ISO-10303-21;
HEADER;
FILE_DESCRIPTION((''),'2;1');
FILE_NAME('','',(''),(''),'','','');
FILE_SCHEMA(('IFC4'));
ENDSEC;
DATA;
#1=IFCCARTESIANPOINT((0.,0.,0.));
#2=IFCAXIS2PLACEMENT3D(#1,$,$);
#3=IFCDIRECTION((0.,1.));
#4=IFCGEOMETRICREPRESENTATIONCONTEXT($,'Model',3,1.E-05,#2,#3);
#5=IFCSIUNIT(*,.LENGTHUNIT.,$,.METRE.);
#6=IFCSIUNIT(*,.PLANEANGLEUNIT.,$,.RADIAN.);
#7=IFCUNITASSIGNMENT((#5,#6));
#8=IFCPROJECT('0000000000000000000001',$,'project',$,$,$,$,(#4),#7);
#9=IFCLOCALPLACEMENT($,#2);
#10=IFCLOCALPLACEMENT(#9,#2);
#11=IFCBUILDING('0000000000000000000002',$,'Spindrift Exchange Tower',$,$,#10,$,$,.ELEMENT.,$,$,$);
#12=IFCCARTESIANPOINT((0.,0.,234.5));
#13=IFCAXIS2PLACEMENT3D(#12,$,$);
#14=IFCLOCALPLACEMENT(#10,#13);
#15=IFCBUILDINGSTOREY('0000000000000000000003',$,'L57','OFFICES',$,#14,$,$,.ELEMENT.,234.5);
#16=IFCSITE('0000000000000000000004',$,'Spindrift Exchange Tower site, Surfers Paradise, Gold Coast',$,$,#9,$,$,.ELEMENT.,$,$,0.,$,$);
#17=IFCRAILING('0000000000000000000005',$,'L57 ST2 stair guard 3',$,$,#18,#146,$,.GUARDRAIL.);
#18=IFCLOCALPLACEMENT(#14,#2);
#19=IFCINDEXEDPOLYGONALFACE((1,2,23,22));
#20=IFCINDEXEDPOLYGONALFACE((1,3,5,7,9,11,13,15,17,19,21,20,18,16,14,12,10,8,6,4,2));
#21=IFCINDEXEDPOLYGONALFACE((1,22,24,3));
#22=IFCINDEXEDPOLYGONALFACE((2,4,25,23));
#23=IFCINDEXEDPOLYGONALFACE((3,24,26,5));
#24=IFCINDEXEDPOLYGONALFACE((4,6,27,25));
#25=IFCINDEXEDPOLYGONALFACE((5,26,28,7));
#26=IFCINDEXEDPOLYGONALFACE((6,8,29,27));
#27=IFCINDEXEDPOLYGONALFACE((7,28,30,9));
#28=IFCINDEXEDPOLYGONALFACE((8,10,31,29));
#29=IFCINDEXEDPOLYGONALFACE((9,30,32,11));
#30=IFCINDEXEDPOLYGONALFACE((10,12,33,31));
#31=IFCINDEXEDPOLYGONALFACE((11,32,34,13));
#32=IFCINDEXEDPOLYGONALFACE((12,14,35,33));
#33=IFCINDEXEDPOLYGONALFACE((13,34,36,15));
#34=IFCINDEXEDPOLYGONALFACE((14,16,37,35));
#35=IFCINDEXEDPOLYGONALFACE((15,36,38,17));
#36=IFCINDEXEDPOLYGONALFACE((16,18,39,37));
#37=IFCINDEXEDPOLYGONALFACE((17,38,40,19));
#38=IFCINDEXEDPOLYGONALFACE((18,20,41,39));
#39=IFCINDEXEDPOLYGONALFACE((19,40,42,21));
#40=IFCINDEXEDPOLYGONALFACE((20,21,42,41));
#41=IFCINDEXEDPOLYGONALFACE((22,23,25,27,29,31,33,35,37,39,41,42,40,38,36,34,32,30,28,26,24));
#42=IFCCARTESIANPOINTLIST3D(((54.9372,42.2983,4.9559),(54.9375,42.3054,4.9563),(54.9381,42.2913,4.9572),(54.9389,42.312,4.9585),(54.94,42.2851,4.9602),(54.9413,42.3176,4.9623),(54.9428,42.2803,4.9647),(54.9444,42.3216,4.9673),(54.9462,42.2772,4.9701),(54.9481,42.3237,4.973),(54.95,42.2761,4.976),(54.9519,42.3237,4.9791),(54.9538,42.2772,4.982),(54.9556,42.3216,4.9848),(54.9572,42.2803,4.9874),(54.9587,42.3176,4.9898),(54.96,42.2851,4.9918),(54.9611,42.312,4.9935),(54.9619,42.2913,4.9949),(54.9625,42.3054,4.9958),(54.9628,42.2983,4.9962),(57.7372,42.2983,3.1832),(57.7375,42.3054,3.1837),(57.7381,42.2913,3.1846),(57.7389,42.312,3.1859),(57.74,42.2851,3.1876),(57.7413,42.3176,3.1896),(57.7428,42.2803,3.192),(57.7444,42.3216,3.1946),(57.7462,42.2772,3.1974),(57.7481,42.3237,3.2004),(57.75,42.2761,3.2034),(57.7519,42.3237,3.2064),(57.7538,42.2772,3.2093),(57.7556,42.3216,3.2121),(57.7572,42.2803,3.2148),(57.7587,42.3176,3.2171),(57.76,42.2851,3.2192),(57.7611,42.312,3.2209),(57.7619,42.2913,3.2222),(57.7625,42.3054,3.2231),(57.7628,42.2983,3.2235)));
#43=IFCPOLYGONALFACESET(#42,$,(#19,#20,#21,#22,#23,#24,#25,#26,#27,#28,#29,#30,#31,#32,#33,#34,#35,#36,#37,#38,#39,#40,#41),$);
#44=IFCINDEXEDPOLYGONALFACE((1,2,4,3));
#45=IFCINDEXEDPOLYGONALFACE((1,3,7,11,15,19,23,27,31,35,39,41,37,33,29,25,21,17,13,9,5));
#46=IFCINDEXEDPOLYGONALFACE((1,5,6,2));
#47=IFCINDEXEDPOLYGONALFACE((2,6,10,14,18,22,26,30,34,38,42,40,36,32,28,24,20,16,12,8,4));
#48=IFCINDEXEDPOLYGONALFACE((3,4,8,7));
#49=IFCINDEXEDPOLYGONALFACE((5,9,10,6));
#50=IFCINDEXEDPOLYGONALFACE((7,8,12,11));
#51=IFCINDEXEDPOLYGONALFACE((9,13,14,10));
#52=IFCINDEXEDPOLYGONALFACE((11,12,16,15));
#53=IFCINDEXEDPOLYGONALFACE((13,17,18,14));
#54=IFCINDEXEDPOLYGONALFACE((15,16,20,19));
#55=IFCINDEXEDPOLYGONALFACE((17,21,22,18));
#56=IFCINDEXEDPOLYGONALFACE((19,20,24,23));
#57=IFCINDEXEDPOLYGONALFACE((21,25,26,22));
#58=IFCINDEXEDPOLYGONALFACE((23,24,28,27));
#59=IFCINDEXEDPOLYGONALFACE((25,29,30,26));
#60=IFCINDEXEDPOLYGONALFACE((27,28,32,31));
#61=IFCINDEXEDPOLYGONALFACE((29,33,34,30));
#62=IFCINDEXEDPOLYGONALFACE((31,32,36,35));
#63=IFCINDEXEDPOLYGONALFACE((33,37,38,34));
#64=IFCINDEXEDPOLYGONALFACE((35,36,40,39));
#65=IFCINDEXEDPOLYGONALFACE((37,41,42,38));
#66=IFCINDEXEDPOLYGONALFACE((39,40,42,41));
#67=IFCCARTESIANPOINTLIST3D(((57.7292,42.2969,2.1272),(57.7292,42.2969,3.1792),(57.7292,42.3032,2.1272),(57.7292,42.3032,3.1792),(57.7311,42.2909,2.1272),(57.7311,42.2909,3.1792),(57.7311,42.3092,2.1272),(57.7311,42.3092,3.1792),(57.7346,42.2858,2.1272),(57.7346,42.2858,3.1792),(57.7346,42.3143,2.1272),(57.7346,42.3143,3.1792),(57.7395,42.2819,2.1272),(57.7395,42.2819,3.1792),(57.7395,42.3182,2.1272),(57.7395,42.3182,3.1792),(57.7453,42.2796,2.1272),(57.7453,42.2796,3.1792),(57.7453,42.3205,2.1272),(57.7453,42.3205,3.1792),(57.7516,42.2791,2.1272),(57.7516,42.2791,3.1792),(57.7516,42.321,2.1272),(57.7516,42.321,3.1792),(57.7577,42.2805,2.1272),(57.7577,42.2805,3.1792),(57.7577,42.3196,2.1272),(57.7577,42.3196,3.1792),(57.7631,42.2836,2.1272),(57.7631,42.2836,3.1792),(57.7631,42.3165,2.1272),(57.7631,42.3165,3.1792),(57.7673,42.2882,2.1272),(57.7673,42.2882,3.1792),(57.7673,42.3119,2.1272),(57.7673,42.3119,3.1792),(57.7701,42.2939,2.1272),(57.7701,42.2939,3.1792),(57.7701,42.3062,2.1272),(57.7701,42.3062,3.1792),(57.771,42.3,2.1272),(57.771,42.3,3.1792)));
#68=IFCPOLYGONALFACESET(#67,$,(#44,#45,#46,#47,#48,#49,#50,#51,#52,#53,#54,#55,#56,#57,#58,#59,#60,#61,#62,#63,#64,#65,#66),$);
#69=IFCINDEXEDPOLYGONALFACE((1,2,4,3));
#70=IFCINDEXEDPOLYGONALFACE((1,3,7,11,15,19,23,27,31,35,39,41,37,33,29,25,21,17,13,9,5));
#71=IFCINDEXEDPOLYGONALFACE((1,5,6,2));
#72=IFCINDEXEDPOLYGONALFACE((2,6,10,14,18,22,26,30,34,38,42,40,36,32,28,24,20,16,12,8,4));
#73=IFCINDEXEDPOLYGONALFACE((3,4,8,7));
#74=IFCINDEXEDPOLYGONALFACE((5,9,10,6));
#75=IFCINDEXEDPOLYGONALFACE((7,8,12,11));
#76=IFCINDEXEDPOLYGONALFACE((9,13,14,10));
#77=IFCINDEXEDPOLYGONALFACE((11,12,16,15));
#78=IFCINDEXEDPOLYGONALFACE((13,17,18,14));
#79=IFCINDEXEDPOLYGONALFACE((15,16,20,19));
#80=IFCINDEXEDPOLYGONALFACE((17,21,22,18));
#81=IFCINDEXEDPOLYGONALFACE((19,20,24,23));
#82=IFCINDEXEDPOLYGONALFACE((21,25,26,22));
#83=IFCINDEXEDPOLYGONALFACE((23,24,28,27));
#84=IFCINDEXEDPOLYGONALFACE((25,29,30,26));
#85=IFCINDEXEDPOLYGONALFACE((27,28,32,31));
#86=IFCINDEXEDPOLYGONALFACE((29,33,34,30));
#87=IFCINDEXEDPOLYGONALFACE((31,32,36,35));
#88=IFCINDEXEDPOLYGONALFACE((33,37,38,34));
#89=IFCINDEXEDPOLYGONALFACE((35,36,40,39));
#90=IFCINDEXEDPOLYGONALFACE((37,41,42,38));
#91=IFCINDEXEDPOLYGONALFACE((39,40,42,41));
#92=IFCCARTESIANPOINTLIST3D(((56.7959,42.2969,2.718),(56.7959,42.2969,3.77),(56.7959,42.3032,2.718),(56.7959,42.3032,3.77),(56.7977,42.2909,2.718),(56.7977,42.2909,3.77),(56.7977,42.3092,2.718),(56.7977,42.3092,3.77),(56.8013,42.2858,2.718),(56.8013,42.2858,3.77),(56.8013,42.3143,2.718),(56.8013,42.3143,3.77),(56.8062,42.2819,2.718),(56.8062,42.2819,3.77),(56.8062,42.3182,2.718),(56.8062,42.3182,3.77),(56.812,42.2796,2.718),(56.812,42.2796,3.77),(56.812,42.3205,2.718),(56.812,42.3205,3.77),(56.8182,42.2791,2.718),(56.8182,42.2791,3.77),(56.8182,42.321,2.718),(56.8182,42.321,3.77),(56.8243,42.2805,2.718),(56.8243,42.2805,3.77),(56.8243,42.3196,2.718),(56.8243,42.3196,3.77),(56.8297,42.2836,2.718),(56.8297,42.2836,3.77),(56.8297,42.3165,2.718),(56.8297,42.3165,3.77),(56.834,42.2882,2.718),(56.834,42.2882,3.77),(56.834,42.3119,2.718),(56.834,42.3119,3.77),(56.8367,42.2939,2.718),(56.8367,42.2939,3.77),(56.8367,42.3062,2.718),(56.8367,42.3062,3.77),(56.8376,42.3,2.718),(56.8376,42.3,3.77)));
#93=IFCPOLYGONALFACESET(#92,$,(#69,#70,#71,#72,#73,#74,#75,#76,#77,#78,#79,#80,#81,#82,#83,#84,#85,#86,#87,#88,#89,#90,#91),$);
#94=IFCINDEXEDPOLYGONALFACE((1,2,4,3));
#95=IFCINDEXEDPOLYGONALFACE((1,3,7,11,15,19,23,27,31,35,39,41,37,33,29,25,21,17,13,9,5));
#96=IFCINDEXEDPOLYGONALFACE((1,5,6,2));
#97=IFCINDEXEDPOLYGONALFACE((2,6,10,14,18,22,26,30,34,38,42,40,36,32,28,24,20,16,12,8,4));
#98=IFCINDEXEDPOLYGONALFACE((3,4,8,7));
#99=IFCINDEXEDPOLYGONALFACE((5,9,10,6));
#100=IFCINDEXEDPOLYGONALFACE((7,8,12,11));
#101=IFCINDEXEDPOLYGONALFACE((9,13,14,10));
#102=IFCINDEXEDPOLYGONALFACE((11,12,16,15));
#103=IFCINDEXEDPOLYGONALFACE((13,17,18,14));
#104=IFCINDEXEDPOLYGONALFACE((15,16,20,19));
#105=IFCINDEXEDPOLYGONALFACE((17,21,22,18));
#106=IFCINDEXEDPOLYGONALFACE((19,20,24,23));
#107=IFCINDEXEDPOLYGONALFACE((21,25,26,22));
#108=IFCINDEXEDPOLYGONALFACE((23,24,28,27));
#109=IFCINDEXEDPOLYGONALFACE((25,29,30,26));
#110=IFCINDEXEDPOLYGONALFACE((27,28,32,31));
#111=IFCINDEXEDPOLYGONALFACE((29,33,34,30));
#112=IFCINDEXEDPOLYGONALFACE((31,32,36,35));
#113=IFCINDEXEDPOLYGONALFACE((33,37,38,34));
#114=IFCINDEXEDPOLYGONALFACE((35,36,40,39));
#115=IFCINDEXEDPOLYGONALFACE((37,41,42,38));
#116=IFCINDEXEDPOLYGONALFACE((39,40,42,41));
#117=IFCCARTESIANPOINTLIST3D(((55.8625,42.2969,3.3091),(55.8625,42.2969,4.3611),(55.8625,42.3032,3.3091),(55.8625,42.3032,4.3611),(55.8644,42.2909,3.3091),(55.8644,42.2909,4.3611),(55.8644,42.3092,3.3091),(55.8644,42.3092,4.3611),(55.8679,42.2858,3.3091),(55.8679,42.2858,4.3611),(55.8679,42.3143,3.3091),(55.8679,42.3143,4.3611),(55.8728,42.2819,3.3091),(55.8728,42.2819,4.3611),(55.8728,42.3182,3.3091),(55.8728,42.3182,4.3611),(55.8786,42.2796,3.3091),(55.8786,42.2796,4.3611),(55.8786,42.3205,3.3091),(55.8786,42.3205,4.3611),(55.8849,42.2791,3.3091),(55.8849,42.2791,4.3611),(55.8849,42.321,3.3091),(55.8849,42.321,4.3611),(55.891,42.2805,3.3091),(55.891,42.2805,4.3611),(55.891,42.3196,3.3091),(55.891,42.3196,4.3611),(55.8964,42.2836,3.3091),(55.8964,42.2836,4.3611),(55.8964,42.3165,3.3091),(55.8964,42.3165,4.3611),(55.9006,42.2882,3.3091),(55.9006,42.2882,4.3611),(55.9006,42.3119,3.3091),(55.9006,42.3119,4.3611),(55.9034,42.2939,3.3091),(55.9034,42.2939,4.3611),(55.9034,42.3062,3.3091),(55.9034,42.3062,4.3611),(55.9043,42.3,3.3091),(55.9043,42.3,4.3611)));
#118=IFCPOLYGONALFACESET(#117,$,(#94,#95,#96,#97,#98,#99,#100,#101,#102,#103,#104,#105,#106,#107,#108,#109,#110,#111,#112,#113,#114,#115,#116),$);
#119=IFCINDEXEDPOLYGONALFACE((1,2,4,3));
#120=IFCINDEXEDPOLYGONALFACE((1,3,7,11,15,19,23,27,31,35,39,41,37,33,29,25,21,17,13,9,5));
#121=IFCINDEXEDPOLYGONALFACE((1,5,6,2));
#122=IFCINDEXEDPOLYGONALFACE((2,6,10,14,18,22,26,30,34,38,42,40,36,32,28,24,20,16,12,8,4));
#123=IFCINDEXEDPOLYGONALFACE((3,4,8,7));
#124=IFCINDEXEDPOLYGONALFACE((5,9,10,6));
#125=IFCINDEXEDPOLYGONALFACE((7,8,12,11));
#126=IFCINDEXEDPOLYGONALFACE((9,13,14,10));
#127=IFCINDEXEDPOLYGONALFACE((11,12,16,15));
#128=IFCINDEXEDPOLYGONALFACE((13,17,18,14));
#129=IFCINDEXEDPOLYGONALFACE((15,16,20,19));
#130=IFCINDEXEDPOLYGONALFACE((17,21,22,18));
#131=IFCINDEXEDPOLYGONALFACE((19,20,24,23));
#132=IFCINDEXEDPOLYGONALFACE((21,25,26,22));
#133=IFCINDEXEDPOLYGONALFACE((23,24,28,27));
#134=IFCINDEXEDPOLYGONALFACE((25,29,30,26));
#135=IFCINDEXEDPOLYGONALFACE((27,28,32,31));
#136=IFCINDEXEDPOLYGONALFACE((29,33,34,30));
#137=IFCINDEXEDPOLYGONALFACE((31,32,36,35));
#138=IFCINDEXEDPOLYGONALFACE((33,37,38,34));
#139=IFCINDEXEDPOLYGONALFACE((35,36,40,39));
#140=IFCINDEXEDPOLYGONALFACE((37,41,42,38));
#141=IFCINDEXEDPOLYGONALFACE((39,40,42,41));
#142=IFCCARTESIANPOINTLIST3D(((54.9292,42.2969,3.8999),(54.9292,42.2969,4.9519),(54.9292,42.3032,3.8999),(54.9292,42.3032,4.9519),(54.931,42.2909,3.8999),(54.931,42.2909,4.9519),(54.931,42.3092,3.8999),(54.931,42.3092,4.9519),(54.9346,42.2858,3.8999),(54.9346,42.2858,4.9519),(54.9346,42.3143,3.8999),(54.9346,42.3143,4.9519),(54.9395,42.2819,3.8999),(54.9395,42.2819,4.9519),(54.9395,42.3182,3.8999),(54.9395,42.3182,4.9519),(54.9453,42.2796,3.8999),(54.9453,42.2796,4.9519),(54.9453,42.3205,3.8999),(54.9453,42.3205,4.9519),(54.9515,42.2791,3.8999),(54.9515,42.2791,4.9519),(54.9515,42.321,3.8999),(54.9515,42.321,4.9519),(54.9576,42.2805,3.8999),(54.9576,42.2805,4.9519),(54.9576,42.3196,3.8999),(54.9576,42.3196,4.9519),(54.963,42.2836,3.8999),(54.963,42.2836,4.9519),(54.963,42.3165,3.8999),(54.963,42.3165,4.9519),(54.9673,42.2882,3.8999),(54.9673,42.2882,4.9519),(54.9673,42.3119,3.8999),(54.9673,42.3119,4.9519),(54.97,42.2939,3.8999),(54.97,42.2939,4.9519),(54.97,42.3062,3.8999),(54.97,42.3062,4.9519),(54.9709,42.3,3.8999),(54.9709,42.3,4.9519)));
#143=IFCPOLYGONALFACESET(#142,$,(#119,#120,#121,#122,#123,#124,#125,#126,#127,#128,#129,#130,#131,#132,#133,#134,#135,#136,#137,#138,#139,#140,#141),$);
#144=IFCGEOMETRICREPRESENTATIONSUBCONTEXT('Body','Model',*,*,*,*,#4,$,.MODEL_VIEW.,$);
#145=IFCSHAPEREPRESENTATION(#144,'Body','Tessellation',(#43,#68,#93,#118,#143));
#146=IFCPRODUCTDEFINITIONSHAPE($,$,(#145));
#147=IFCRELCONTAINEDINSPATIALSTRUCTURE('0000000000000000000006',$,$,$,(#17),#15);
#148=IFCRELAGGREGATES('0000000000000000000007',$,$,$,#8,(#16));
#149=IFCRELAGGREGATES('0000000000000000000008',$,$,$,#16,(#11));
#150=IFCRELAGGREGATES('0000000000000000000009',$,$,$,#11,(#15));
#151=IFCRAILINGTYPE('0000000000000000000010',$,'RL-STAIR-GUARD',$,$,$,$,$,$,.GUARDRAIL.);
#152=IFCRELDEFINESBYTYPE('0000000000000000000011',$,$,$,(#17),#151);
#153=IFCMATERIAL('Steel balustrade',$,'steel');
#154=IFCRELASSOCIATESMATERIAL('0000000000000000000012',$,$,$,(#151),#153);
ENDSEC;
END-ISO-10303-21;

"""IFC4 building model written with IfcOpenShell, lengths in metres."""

from ifc_helpers import new_model, si_unit, direction, frame, origin, origin_2d, place, context, subcontext, project, spatial, circle, extrude, material, type_object, element, save


model = new_model("IFC4")

# Units and contexts
model_context = context("Model", 3, precision=1e-05, world=origin(), true_north=direction((0.0, 1.0)))
body_context = subcontext(model_context, "Body", "Model", "MODEL_VIEW")
ifc_project = project(units=[si_unit("LENGTHUNIT", "METRE"), si_unit("PLANEANGLEUNIT", "RADIAN")], contexts=[model_context])

# Site, building, storey
site_placement = place(None, origin())
site = spatial("IfcSite", under=ifc_project, at=site_placement, Name="Spindrift Exchange Tower site, Surfers Paradise, Gold Coast", CompositionType="ELEMENT", RefElevation=0.0)
building_placement = place(site_placement, origin())
building = spatial("IfcBuilding", under=site, at=building_placement, Name="Spindrift Exchange Tower", CompositionType="ELEMENT")
storey_placement = place(building_placement, frame((0.0, 0.0, 234.5)))
storey = spatial("IfcBuildingStorey", under=building, at=storey_placement, Name="L57", Description="OFFICES", CompositionType="ELEMENT", Elevation=234.5)

# Railing
ifc_material_1 = material(Name="Steel balustrade", Category="steel")
railing_type_1 = type_object("IfcRailingType", Name="RL-STAIR-GUARD", PredefinedType="GUARDRAIL", material=ifc_material_1)
railing_1_placement = place(storey_placement, frame((57.75, 42.3, 2.1272)))
element("IfcRailing", 1, at=railing_1_placement, inside=storey, type_object=railing_type_1, Name="L57 ST2 stair guard 3", PredefinedType="GUARDRAIL", context=body_context, shape_type="SweptSolid", body=[
    extrude(circle(Radius=0.0239, at=origin_2d()), frame((0.0, 0.0, 1.0762), z_axis=(-0.844909, 0.0, 0.53491), x_axis=(0.0, -1.0, 0.0)), (0.0, 0.0, 1.0), 3.314),
    extrude(circle(Radius=0.021, at=origin_2d()), origin(), (0.0, 0.0, 1.0), 1.052),
    extrude(circle(Radius=0.021, at=origin_2d()), frame((-0.9333, 0.0, 0.5908)), (0.0, 0.0, 1.0), 1.052),
    extrude(circle(Radius=0.021, at=origin_2d()), frame((-1.8667, 0.0, 1.1819)), (0.0, 0.0, 1.0), 1.052),
    extrude(circle(Radius=0.021, at=origin_2d()), frame((-2.8, 0.0, 1.7727)), (0.0, 0.0, 1.0), 1.052),
])

save(model, "model.ifc")
